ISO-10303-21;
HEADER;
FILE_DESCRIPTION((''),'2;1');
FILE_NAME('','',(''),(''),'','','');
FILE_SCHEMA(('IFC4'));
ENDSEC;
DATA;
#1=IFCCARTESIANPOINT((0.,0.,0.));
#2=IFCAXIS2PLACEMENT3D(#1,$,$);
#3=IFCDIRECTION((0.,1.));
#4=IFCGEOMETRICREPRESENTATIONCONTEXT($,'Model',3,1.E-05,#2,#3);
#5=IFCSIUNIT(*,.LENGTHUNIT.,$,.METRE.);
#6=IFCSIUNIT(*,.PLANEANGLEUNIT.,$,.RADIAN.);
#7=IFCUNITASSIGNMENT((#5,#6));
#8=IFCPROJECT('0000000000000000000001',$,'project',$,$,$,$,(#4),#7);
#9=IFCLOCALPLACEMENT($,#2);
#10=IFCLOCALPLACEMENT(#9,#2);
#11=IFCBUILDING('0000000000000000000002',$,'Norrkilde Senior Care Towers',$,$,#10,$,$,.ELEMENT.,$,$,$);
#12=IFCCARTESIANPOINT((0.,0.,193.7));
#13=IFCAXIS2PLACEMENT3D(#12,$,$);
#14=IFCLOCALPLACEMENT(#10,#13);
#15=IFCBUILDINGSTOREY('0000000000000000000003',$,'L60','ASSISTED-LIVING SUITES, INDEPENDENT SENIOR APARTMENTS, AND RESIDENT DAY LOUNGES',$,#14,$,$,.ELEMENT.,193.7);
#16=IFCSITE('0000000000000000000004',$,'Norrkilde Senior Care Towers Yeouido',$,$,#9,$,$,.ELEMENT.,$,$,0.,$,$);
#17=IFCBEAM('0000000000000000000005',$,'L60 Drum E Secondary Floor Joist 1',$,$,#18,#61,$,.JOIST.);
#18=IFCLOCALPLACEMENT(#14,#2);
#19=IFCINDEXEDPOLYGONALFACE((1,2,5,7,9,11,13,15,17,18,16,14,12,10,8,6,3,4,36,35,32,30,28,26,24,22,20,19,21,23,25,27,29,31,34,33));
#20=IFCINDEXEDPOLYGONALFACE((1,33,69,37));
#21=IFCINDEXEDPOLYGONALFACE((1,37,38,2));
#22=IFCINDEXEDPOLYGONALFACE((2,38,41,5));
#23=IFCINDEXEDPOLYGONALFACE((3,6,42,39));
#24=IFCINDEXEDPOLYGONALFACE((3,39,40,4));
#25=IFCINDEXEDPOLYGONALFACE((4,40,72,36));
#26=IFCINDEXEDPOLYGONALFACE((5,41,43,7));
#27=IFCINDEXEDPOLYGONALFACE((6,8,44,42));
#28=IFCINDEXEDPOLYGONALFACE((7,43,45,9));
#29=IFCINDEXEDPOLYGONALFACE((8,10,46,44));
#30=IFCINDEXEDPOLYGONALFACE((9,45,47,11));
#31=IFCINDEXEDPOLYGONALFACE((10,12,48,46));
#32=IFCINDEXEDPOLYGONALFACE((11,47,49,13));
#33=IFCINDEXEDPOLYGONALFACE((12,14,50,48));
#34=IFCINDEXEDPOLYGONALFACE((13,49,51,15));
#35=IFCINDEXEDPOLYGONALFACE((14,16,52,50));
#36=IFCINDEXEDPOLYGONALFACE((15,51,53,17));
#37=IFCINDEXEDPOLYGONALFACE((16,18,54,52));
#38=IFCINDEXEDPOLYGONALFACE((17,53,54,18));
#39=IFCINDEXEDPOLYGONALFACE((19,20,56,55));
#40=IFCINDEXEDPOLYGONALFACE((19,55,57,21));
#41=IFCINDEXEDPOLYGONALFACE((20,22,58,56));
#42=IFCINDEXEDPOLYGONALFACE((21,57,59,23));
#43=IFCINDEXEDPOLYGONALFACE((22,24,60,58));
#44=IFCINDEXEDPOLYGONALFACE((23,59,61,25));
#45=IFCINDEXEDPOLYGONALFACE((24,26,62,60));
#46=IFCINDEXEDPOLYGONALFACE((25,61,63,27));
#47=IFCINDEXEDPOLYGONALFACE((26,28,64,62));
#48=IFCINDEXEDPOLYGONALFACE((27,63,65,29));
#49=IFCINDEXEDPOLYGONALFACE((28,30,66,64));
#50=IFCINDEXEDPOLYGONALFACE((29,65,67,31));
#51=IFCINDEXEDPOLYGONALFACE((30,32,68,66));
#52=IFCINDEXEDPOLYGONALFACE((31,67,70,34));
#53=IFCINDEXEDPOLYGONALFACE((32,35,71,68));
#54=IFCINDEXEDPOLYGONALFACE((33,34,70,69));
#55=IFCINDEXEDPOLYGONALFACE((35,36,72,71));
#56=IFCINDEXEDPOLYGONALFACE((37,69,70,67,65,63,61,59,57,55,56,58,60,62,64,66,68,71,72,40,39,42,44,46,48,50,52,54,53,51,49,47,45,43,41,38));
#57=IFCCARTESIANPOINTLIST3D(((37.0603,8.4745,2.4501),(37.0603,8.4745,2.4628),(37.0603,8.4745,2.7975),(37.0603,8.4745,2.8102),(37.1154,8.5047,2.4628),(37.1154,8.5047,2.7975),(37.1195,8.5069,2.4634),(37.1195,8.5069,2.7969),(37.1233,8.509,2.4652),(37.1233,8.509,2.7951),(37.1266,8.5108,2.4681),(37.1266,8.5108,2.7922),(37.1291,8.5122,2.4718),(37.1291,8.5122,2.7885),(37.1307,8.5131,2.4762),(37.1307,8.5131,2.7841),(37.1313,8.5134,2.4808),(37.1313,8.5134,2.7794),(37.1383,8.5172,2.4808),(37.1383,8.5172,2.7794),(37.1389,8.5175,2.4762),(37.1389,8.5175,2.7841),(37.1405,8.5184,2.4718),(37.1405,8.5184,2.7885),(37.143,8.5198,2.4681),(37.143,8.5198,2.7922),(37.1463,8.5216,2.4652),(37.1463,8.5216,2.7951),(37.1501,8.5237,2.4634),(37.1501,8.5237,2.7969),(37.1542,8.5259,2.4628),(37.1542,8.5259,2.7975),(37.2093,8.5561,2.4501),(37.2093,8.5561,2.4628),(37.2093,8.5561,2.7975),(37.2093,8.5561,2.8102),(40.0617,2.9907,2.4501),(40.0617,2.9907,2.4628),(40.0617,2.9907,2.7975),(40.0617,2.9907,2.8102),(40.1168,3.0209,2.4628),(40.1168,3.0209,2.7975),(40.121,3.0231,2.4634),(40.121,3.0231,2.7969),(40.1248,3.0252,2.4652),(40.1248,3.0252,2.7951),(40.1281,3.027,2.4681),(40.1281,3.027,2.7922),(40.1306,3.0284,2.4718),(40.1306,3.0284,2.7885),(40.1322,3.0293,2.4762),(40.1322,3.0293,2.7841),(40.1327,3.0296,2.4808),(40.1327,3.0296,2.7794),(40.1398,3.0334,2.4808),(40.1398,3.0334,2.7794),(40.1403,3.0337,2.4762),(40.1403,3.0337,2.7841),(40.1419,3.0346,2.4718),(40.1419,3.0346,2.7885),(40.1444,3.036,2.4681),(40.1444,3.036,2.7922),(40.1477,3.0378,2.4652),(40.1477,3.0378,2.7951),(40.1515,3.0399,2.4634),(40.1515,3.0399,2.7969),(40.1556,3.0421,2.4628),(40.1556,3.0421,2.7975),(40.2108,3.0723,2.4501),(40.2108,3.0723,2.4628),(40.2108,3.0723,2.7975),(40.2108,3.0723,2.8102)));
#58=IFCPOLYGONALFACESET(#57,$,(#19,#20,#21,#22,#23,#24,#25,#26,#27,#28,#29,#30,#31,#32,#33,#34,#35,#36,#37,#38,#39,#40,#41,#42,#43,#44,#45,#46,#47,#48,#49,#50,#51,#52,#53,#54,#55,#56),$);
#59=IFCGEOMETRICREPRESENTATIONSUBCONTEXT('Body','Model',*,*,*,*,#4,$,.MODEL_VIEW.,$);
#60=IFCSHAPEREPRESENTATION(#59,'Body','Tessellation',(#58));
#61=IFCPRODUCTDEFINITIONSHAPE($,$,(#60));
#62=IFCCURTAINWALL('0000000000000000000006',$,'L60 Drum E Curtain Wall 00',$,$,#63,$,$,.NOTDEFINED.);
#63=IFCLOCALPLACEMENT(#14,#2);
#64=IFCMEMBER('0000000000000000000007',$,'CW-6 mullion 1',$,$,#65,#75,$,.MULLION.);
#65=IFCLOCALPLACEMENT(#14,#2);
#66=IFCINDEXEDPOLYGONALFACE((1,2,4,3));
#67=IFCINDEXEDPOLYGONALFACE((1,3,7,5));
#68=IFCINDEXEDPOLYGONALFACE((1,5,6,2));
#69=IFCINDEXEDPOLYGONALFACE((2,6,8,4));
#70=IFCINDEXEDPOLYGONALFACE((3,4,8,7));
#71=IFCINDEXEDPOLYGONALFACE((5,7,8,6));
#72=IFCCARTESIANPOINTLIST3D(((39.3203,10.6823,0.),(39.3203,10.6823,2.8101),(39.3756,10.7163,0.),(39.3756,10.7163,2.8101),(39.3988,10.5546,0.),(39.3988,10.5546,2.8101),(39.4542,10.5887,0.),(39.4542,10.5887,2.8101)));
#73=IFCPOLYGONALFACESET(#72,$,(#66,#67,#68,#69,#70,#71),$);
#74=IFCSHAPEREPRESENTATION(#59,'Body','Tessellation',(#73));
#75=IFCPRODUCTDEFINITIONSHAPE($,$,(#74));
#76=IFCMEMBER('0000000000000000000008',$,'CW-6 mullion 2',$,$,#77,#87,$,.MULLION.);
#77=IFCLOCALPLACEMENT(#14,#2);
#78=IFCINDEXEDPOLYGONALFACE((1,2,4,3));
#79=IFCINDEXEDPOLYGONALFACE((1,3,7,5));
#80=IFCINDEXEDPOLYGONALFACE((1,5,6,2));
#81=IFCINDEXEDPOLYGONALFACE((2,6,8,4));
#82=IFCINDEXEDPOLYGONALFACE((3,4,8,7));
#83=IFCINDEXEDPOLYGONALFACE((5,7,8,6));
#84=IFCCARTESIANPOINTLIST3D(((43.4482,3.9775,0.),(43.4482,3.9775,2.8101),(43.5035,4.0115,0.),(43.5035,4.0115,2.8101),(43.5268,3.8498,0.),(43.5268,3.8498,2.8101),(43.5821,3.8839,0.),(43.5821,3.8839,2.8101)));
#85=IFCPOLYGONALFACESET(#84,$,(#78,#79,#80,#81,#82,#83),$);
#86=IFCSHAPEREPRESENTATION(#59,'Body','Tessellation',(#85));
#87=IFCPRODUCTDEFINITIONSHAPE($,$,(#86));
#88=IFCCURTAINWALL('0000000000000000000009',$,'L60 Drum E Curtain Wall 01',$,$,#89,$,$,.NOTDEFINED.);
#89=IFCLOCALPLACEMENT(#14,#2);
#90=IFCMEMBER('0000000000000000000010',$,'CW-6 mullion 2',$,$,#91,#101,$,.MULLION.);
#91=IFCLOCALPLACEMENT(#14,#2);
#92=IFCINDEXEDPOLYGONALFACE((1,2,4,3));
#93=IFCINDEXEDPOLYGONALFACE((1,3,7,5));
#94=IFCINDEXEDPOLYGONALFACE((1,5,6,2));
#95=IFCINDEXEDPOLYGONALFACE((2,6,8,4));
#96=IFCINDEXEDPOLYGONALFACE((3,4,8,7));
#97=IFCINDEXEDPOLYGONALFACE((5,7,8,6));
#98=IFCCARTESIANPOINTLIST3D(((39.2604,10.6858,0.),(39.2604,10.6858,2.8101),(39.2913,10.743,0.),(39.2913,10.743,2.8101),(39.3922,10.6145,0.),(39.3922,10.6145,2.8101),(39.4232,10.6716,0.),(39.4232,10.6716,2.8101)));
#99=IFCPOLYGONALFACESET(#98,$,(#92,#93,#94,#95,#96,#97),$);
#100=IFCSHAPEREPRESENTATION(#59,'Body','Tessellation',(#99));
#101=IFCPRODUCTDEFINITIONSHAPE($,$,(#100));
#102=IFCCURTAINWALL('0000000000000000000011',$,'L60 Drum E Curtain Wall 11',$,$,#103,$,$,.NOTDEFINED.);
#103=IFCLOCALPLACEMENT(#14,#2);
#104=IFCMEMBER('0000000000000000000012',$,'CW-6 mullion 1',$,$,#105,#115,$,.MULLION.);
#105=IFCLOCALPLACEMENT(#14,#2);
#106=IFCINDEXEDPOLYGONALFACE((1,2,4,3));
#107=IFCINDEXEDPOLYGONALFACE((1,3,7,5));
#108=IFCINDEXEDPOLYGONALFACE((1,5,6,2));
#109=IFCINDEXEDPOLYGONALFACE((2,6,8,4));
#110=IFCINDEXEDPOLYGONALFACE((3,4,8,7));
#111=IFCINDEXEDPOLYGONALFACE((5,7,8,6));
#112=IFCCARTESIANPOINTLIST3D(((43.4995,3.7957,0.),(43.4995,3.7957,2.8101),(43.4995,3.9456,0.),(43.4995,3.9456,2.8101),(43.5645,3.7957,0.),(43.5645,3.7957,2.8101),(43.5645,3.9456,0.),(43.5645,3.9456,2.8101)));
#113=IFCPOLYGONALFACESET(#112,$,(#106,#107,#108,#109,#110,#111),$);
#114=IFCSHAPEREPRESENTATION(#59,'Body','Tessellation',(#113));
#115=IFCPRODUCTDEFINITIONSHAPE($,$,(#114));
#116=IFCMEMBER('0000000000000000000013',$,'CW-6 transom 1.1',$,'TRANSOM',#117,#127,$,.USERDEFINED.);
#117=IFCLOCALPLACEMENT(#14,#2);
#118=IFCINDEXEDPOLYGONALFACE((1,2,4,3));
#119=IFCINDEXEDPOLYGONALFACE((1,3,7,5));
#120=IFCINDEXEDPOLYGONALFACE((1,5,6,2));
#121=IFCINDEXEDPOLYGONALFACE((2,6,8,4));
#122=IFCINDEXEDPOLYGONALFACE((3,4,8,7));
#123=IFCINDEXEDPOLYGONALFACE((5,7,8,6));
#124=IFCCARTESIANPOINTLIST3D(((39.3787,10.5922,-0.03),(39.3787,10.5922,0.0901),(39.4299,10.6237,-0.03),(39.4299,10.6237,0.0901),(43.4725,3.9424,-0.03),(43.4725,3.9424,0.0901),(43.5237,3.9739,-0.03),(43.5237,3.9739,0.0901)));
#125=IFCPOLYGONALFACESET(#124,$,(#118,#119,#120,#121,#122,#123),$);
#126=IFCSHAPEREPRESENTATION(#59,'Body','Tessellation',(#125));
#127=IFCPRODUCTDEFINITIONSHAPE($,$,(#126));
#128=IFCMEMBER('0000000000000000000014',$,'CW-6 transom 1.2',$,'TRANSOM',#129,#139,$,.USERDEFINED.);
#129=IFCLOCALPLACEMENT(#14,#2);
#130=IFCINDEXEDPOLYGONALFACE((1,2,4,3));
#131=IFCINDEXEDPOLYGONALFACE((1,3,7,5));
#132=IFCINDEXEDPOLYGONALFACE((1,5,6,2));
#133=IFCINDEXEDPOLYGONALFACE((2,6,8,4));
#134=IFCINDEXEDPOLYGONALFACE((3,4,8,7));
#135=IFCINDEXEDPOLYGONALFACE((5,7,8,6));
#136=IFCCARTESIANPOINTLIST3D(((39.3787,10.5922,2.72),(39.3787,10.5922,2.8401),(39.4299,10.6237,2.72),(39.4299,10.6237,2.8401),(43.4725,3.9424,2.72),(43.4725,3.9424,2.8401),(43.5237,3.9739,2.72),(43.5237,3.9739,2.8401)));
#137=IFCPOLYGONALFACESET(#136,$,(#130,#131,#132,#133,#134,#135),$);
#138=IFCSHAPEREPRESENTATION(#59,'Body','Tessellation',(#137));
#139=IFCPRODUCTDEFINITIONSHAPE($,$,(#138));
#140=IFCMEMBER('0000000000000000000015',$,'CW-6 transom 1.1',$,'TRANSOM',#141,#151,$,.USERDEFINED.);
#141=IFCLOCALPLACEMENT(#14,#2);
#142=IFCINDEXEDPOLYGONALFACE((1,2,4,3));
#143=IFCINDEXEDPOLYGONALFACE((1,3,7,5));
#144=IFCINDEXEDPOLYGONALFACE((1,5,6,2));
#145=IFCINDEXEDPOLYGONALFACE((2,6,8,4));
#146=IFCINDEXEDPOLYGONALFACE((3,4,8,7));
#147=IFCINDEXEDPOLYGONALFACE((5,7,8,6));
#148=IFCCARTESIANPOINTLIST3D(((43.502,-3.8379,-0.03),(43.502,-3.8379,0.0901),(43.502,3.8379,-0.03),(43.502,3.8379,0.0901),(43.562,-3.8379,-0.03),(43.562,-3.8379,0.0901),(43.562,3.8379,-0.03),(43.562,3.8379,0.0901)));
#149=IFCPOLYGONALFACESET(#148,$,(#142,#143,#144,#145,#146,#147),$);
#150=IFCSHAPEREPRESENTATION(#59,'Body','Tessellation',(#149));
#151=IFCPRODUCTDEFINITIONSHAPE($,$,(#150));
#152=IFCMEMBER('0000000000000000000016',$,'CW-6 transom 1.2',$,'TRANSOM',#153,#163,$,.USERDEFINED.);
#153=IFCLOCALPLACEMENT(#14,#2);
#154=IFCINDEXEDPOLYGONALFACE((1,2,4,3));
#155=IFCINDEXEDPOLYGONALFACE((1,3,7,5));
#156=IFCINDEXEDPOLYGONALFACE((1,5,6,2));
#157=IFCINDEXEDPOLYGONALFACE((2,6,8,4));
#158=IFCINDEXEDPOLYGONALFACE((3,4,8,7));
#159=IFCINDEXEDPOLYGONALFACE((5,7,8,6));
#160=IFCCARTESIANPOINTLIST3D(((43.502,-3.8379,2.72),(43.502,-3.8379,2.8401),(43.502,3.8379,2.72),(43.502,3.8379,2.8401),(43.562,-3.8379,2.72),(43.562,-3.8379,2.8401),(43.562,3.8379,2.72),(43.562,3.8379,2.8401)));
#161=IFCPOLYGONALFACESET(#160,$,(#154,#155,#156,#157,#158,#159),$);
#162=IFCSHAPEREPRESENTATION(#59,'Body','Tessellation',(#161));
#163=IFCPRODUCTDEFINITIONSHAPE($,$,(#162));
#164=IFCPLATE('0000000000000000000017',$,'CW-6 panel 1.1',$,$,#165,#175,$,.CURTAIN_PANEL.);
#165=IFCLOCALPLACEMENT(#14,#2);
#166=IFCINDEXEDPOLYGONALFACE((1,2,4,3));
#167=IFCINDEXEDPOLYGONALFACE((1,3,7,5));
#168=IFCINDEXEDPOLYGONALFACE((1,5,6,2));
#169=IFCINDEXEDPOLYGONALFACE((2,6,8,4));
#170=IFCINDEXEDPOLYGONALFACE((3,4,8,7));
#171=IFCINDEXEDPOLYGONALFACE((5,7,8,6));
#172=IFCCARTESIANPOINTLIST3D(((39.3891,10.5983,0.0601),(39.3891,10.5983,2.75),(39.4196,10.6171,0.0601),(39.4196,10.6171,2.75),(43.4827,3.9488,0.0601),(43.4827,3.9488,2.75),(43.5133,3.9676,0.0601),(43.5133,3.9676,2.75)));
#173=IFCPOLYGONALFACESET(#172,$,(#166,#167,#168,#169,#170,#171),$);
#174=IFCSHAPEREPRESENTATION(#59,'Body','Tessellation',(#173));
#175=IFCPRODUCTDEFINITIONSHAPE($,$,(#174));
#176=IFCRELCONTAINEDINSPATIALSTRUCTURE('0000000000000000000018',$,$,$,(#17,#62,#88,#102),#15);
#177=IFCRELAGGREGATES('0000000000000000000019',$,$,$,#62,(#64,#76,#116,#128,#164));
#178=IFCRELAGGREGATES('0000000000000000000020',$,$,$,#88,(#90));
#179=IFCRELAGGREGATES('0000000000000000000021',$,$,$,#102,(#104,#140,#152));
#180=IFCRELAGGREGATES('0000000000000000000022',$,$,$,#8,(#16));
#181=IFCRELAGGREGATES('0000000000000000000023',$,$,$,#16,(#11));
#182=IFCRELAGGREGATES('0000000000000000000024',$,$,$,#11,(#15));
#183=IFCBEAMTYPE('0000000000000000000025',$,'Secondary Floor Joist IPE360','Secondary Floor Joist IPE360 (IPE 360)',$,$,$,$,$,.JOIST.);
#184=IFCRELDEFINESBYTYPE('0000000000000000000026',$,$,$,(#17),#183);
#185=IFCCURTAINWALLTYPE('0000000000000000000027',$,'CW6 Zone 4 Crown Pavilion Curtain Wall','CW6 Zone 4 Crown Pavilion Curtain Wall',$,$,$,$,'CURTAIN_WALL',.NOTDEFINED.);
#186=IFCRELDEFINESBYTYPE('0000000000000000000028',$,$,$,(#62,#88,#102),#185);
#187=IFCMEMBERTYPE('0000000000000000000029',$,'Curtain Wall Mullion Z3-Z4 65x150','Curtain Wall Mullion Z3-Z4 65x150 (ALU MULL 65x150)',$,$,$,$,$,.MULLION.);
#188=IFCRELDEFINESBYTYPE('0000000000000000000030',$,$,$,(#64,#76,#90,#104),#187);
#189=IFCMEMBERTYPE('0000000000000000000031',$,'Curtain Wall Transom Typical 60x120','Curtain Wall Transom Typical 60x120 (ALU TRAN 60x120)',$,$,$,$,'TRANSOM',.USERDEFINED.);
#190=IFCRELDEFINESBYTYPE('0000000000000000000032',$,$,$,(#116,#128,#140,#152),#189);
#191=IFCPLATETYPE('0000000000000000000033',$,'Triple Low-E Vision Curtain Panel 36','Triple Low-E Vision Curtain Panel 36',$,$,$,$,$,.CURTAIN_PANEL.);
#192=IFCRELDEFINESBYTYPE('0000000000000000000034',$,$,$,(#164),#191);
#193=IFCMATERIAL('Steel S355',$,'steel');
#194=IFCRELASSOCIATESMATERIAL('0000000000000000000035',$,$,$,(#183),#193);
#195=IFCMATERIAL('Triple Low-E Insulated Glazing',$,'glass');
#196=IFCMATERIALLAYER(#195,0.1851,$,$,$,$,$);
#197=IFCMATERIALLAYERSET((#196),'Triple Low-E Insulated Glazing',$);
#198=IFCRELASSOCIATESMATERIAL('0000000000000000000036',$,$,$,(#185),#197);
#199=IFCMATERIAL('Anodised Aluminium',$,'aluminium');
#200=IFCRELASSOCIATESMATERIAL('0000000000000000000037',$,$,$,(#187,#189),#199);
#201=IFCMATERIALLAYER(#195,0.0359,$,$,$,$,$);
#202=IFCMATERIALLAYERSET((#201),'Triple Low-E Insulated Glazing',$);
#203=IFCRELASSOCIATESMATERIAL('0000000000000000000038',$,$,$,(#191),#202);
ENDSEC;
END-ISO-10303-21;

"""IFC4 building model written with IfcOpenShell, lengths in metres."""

from ifc_helpers import new_model, si_unit, direction, frame, origin, origin_2d, place, context, subcontext, project, spatial, rectangle, i_section, extrude, source, transform, mapped, material, layer, layer_set, material_profile, profile_set, type_object, type_shapes, element, aggregate, save


model = new_model("IFC4")

# Units and contexts
model_context = context("Model", 3, precision=1e-05, world=origin(), true_north=direction((0.0, 1.0)))
body_context = subcontext(model_context, "Body", "Model", "MODEL_VIEW")
ifc_project = project(units=[si_unit("LENGTHUNIT", "METRE"), si_unit("PLANEANGLEUNIT", "RADIAN")], contexts=[model_context])

# Site, building, storey
site_placement = place(None, origin())
site = spatial("IfcSite", under=ifc_project, at=site_placement, Name="Norrkilde Senior Care Towers Yeouido", CompositionType="ELEMENT", RefElevation=0.0)
building_placement = place(site_placement, origin())
building = spatial("IfcBuilding", under=site, at=building_placement, Name="Norrkilde Senior Care Towers", CompositionType="ELEMENT")
storey_placement = place(building_placement, frame((0.0, 0.0, 193.7)))
storey = spatial("IfcBuildingStorey", under=building, at=storey_placement, Name="L60", Description="ASSISTED-LIVING SUITES, INDEPENDENT SENIOR APARTMENTS, AND RESIDENT DAY LOUNGES", CompositionType="ELEMENT", Elevation=193.7)

# Beam
ifc_material_1 = material(Name="Steel S355", Category="steel")
ifc_material_profile_1 = material_profile(ifc_material_1, i_section(OverallWidth=0.1699, OverallDepth=0.3601, WebThickness=0.0081, FlangeThickness=0.0127, FilletRadius=0.0181, at=origin_2d()), Name="IPE 360")
ifc_profile_set_1 = profile_set([ifc_material_profile_1], Name="Steel S355")
beam_type_1 = type_object("IfcBeamType", Name="Secondary Floor Joist IPE360", Description="Secondary Floor Joist IPE360 (IPE 360)", PredefinedType="JOIST", material=ifc_profile_set_1)
shared_shape_1 = source(origin(), body_context, "Body", "SweptSolid", [
    extrude(i_section(OverallWidth=0.1699, OverallDepth=0.3601, WebThickness=0.0081, FlangeThickness=0.0127, FilletRadius=0.0181, at=origin_2d()), origin(), (0.0, 0.0, 1.0), 6.2515),
])
type_shapes(beam_type_1, [shared_shape_1])
beam_1_placement = place(storey_placement, frame((40.1362, 3.0315, 2.6301), z_axis=(-0.480116, 0.877205, 0.0), x_axis=(-0.877205, -0.480116, 0.0)))
element("IfcBeam", 1, at=beam_1_placement, inside=storey, type_object=beam_type_1, Name="L60 Drum E Secondary Floor Joist 1", PredefinedType="JOIST", context=body_context, shape_type="MappedRepresentation", body=[
    mapped(shared_shape_1, transform((0.0, 0.0, 0.0), x_axis=(1.0, 0.0, 0.0), y_axis=(0.0, 1.0, 0.0), z_axis=(0.0, 0.0, 1.0), scale=1.0)),
])

# Curtain wall, members
ifc_material_2 = material(Name="Triple Low-E Insulated Glazing", Category="glass")
ifc_layer_1 = layer(ifc_material_2, 0.1851)
ifc_layer_set_1 = layer_set([ifc_layer_1], Name="Triple Low-E Insulated Glazing")
curtain_wall_type = type_object("IfcCurtainWallType", Name="CW6 Zone 4 Crown Pavilion Curtain Wall", Description="CW6 Zone 4 Crown Pavilion Curtain Wall", ElementType="CURTAIN_WALL", PredefinedType="NOTDEFINED", material=ifc_layer_set_1)
curtain_wall_1_placement = place(storey_placement, origin())
curtain_wall_1 = element("IfcCurtainWall", 2, at=curtain_wall_1_placement, inside=storey, type_object=curtain_wall_type, Name="L60 Drum E Curtain Wall 00", PredefinedType="NOTDEFINED")
ifc_material_3 = material(Name="Anodised Aluminium", Category="aluminium")
ifc_material_profile_2 = material_profile(ifc_material_3, rectangle(XDim=0.0649, YDim=0.1499, at=origin_2d()), Name="ALU MULL 65x150")
ifc_profile_set_2 = profile_set([ifc_material_profile_2], Name="Anodised Aluminium")
member_type_1 = type_object("IfcMemberType", Name="Curtain Wall Mullion Z3-Z4 65x150", Description="Curtain Wall Mullion Z3-Z4 65x150 (ALU MULL 65x150)", PredefinedType="MULLION", material=ifc_profile_set_2)
shared_shape_2 = source(origin(), body_context, "Body", "SweptSolid", [
    extrude(rectangle(XDim=0.0649, YDim=0.1499, at=origin_2d()), origin(), (0.0, 0.0, 1.0), 2.8101),
])
type_shapes(member_type_1, [shared_shape_2])
member_1_placement = place(storey_placement, frame((39.3872, 10.6355, 0.0), z_axis=(0.0, 0.0, 1.0), x_axis=(0.851563, 0.524253, 0.0)))
member_1 = element("IfcMember", 3, at=member_1_placement, type_object=member_type_1, Name="CW-6 mullion 1", PredefinedType="MULLION", context=body_context, shape_type="MappedRepresentation", body=[
    mapped(shared_shape_2, transform((0.0, 0.0, 0.0), x_axis=(1.0, 0.0, 0.0), y_axis=(0.0, 1.0, 0.0), z_axis=(0.0, 0.0, 1.0), scale=1.0)),
])
member_2_placement = place(storey_placement, frame((43.5151, 3.9307, 0.0), z_axis=(0.0, 0.0, 1.0), x_axis=(0.851563, 0.524253, 0.0)))
member_2 = element("IfcMember", 4, at=member_2_placement, type_object=member_type_1, Name="CW-6 mullion 2", PredefinedType="MULLION", context=body_context, shape_type="MappedRepresentation", body=[
    mapped(shared_shape_2, transform((0.0, 0.0, 0.0), x_axis=(1.0, 0.0, 0.0), y_axis=(0.0, 1.0, 0.0), z_axis=(0.0, 0.0, 1.0), scale=1.0)),
])

# Curtain walls, members
curtain_wall_2_placement = place(storey_placement, origin())
curtain_wall_2 = element("IfcCurtainWall", 5, at=curtain_wall_2_placement, inside=storey, type_object=curtain_wall_type, Name="L60 Drum E Curtain Wall 01", PredefinedType="NOTDEFINED")
member_3_placement = place(storey_placement, frame((39.3418, 10.6787, 0.0), z_axis=(0.0, 0.0, 1.0), x_axis=(0.476133, 0.879373, 0.0)))
member_3 = element("IfcMember", 6, at=member_3_placement, type_object=member_type_1, Name="CW-6 mullion 2", PredefinedType="MULLION", context=body_context, shape_type="MappedRepresentation", body=[
    mapped(shared_shape_2, transform((0.0, 0.0, 0.0), x_axis=(1.0, 0.0, 0.0), y_axis=(0.0, 1.0, 0.0), z_axis=(0.0, 0.0, 1.0), scale=1.0)),
])
curtain_wall_3_placement = place(storey_placement, origin())
curtain_wall_3 = element("IfcCurtainWall", 7, at=curtain_wall_3_placement, inside=storey, type_object=curtain_wall_type, Name="L60 Drum E Curtain Wall 11", PredefinedType="NOTDEFINED")
member_4_placement = place(storey_placement, frame((43.532, 3.8706, 0.0), z_axis=(0.0, 0.0, 1.0), x_axis=(1.0, 0.0, 0.0)))
member_4 = element("IfcMember", 8, at=member_4_placement, type_object=member_type_1, Name="CW-6 mullion 1", PredefinedType="MULLION", context=body_context, shape_type="MappedRepresentation", body=[
    mapped(shared_shape_2, transform((0.0, 0.0, 0.0), x_axis=(1.0, 0.0, 0.0), y_axis=(0.0, 1.0, 0.0), z_axis=(0.0, 0.0, 1.0), scale=1.0)),
])

# Members
ifc_material_profile_3 = material_profile(ifc_material_3, rectangle(XDim=0.0601, YDim=0.1201, at=origin_2d()), Name="ALU TRAN 60x120")
ifc_profile_set_3 = profile_set([ifc_material_profile_3], Name="Anodised Aluminium")
member_type_2 = type_object("IfcMemberType", Name="Curtain Wall Transom Typical 60x120", Description="Curtain Wall Transom Typical 60x120 (ALU TRAN 60x120)", ElementType="TRANSOM", PredefinedType="USERDEFINED", material=ifc_profile_set_3)
shared_shape_3 = source(origin(), body_context, "Body", "SweptSolid", [
    extrude(rectangle(XDim=0.0601, YDim=0.1201, at=origin_2d()), origin(), (0.0, 0.0, 1.0), 7.8088),
])
member_5_placement = place(storey_placement, frame((39.4043, 10.6079, 0.03), z_axis=(0.524251, -0.851564, 0.0), x_axis=(0.851564, 0.524251, 0.0)))
member_5 = element("IfcMember", 9, at=member_5_placement, type_object=member_type_2, Name="CW-6 transom 1.1", ObjectType="TRANSOM", PredefinedType="USERDEFINED", context=body_context, shape_type="MappedRepresentation", body=[
    mapped(shared_shape_3, transform((0.0, 0.0, 0.0), x_axis=(1.0, 0.0, 0.0), y_axis=(0.0, 1.0, 0.0), z_axis=(0.0, 0.0, 1.0), scale=1.0)),
])
member_6_placement = place(storey_placement, frame((39.4043, 10.6079, 2.78), z_axis=(0.524251, -0.851564, 0.0), x_axis=(0.851564, 0.524251, 0.0)))
member_6 = element("IfcMember", 10, at=member_6_placement, type_object=member_type_2, Name="CW-6 transom 1.2", ObjectType="TRANSOM", PredefinedType="USERDEFINED", context=body_context, shape_type="MappedRepresentation", body=[
    mapped(shared_shape_3, transform((0.0, 0.0, 0.0), x_axis=(1.0, 0.0, 0.0), y_axis=(0.0, 1.0, 0.0), z_axis=(0.0, 0.0, 1.0), scale=1.0)),
])
shared_shape_4 = source(origin(), body_context, "Body", "SweptSolid", [
    extrude(rectangle(XDim=0.0601, YDim=0.1201, at=origin_2d()), origin(), (0.0, 0.0, 1.0), 7.6758),
])
type_shapes(member_type_2, [shared_shape_3, shared_shape_4])
member_7_placement = place(storey_placement, frame((43.532, 3.8379, 0.03), z_axis=(0.0, -1.0, 0.0), x_axis=(1.0, 0.0, 0.0)))
member_7 = element("IfcMember", 11, at=member_7_placement, type_object=member_type_2, Name="CW-6 transom 1.1", ObjectType="TRANSOM", PredefinedType="USERDEFINED", context=body_context, shape_type="MappedRepresentation", body=[
    mapped(shared_shape_4, transform((0.0, 0.0, 0.0), x_axis=(1.0, 0.0, 0.0), y_axis=(0.0, 1.0, 0.0), z_axis=(0.0, 0.0, 1.0), scale=1.0)),
])
member_8_placement = place(storey_placement, frame((43.532, 3.8379, 2.78), z_axis=(0.0, -1.0, 0.0), x_axis=(1.0, 0.0, 0.0)))
member_8 = element("IfcMember", 12, at=member_8_placement, type_object=member_type_2, Name="CW-6 transom 1.2", ObjectType="TRANSOM", PredefinedType="USERDEFINED", context=body_context, shape_type="MappedRepresentation", body=[
    mapped(shared_shape_4, transform((0.0, 0.0, 0.0), x_axis=(1.0, 0.0, 0.0), y_axis=(0.0, 1.0, 0.0), z_axis=(0.0, 0.0, 1.0), scale=1.0)),
])

# Plate
ifc_layer_2 = layer(ifc_material_2, 0.0359)
ifc_layer_set_2 = layer_set([ifc_layer_2], Name="Triple Low-E Insulated Glazing")
plate_type = type_object("IfcPlateType", Name="Triple Low-E Vision Curtain Panel 36", Description="Triple Low-E Vision Curtain Panel 36", PredefinedType="CURTAIN_PANEL", material=ifc_layer_set_2)
shared_shape_5 = source(origin(), body_context, "Body", "SweptSolid", [
    extrude(rectangle(XDim=7.8086, YDim=0.0359, at=origin_2d()), origin(), (0.0, 0.0, 1.0), 2.6899),
])
plate_1_placement = place(storey_placement, frame((41.4512, 7.283, 0.0601), z_axis=(0.0, 0.0, 1.0), x_axis=(0.524253, -0.851563, 0.0)))
plate_1 = element("IfcPlate", 13, at=plate_1_placement, type_object=plate_type, Name="CW-6 panel 1.1", PredefinedType="CURTAIN_PANEL", context=body_context, shape_type="MappedRepresentation", body=[
    mapped(shared_shape_5, transform((0.0, 0.0, 0.0), x_axis=(1.0, 0.0, 0.0), y_axis=(0.0, 1.0, 0.0), z_axis=(0.0, 0.0, 1.0), scale=1.0)),
])
aggregate(curtain_wall_1, [member_1, member_2, member_5, member_6, plate_1])
aggregate(curtain_wall_2, [member_3])
aggregate(curtain_wall_3, [member_4, member_7, member_8])

save(model, "model.ifc")
